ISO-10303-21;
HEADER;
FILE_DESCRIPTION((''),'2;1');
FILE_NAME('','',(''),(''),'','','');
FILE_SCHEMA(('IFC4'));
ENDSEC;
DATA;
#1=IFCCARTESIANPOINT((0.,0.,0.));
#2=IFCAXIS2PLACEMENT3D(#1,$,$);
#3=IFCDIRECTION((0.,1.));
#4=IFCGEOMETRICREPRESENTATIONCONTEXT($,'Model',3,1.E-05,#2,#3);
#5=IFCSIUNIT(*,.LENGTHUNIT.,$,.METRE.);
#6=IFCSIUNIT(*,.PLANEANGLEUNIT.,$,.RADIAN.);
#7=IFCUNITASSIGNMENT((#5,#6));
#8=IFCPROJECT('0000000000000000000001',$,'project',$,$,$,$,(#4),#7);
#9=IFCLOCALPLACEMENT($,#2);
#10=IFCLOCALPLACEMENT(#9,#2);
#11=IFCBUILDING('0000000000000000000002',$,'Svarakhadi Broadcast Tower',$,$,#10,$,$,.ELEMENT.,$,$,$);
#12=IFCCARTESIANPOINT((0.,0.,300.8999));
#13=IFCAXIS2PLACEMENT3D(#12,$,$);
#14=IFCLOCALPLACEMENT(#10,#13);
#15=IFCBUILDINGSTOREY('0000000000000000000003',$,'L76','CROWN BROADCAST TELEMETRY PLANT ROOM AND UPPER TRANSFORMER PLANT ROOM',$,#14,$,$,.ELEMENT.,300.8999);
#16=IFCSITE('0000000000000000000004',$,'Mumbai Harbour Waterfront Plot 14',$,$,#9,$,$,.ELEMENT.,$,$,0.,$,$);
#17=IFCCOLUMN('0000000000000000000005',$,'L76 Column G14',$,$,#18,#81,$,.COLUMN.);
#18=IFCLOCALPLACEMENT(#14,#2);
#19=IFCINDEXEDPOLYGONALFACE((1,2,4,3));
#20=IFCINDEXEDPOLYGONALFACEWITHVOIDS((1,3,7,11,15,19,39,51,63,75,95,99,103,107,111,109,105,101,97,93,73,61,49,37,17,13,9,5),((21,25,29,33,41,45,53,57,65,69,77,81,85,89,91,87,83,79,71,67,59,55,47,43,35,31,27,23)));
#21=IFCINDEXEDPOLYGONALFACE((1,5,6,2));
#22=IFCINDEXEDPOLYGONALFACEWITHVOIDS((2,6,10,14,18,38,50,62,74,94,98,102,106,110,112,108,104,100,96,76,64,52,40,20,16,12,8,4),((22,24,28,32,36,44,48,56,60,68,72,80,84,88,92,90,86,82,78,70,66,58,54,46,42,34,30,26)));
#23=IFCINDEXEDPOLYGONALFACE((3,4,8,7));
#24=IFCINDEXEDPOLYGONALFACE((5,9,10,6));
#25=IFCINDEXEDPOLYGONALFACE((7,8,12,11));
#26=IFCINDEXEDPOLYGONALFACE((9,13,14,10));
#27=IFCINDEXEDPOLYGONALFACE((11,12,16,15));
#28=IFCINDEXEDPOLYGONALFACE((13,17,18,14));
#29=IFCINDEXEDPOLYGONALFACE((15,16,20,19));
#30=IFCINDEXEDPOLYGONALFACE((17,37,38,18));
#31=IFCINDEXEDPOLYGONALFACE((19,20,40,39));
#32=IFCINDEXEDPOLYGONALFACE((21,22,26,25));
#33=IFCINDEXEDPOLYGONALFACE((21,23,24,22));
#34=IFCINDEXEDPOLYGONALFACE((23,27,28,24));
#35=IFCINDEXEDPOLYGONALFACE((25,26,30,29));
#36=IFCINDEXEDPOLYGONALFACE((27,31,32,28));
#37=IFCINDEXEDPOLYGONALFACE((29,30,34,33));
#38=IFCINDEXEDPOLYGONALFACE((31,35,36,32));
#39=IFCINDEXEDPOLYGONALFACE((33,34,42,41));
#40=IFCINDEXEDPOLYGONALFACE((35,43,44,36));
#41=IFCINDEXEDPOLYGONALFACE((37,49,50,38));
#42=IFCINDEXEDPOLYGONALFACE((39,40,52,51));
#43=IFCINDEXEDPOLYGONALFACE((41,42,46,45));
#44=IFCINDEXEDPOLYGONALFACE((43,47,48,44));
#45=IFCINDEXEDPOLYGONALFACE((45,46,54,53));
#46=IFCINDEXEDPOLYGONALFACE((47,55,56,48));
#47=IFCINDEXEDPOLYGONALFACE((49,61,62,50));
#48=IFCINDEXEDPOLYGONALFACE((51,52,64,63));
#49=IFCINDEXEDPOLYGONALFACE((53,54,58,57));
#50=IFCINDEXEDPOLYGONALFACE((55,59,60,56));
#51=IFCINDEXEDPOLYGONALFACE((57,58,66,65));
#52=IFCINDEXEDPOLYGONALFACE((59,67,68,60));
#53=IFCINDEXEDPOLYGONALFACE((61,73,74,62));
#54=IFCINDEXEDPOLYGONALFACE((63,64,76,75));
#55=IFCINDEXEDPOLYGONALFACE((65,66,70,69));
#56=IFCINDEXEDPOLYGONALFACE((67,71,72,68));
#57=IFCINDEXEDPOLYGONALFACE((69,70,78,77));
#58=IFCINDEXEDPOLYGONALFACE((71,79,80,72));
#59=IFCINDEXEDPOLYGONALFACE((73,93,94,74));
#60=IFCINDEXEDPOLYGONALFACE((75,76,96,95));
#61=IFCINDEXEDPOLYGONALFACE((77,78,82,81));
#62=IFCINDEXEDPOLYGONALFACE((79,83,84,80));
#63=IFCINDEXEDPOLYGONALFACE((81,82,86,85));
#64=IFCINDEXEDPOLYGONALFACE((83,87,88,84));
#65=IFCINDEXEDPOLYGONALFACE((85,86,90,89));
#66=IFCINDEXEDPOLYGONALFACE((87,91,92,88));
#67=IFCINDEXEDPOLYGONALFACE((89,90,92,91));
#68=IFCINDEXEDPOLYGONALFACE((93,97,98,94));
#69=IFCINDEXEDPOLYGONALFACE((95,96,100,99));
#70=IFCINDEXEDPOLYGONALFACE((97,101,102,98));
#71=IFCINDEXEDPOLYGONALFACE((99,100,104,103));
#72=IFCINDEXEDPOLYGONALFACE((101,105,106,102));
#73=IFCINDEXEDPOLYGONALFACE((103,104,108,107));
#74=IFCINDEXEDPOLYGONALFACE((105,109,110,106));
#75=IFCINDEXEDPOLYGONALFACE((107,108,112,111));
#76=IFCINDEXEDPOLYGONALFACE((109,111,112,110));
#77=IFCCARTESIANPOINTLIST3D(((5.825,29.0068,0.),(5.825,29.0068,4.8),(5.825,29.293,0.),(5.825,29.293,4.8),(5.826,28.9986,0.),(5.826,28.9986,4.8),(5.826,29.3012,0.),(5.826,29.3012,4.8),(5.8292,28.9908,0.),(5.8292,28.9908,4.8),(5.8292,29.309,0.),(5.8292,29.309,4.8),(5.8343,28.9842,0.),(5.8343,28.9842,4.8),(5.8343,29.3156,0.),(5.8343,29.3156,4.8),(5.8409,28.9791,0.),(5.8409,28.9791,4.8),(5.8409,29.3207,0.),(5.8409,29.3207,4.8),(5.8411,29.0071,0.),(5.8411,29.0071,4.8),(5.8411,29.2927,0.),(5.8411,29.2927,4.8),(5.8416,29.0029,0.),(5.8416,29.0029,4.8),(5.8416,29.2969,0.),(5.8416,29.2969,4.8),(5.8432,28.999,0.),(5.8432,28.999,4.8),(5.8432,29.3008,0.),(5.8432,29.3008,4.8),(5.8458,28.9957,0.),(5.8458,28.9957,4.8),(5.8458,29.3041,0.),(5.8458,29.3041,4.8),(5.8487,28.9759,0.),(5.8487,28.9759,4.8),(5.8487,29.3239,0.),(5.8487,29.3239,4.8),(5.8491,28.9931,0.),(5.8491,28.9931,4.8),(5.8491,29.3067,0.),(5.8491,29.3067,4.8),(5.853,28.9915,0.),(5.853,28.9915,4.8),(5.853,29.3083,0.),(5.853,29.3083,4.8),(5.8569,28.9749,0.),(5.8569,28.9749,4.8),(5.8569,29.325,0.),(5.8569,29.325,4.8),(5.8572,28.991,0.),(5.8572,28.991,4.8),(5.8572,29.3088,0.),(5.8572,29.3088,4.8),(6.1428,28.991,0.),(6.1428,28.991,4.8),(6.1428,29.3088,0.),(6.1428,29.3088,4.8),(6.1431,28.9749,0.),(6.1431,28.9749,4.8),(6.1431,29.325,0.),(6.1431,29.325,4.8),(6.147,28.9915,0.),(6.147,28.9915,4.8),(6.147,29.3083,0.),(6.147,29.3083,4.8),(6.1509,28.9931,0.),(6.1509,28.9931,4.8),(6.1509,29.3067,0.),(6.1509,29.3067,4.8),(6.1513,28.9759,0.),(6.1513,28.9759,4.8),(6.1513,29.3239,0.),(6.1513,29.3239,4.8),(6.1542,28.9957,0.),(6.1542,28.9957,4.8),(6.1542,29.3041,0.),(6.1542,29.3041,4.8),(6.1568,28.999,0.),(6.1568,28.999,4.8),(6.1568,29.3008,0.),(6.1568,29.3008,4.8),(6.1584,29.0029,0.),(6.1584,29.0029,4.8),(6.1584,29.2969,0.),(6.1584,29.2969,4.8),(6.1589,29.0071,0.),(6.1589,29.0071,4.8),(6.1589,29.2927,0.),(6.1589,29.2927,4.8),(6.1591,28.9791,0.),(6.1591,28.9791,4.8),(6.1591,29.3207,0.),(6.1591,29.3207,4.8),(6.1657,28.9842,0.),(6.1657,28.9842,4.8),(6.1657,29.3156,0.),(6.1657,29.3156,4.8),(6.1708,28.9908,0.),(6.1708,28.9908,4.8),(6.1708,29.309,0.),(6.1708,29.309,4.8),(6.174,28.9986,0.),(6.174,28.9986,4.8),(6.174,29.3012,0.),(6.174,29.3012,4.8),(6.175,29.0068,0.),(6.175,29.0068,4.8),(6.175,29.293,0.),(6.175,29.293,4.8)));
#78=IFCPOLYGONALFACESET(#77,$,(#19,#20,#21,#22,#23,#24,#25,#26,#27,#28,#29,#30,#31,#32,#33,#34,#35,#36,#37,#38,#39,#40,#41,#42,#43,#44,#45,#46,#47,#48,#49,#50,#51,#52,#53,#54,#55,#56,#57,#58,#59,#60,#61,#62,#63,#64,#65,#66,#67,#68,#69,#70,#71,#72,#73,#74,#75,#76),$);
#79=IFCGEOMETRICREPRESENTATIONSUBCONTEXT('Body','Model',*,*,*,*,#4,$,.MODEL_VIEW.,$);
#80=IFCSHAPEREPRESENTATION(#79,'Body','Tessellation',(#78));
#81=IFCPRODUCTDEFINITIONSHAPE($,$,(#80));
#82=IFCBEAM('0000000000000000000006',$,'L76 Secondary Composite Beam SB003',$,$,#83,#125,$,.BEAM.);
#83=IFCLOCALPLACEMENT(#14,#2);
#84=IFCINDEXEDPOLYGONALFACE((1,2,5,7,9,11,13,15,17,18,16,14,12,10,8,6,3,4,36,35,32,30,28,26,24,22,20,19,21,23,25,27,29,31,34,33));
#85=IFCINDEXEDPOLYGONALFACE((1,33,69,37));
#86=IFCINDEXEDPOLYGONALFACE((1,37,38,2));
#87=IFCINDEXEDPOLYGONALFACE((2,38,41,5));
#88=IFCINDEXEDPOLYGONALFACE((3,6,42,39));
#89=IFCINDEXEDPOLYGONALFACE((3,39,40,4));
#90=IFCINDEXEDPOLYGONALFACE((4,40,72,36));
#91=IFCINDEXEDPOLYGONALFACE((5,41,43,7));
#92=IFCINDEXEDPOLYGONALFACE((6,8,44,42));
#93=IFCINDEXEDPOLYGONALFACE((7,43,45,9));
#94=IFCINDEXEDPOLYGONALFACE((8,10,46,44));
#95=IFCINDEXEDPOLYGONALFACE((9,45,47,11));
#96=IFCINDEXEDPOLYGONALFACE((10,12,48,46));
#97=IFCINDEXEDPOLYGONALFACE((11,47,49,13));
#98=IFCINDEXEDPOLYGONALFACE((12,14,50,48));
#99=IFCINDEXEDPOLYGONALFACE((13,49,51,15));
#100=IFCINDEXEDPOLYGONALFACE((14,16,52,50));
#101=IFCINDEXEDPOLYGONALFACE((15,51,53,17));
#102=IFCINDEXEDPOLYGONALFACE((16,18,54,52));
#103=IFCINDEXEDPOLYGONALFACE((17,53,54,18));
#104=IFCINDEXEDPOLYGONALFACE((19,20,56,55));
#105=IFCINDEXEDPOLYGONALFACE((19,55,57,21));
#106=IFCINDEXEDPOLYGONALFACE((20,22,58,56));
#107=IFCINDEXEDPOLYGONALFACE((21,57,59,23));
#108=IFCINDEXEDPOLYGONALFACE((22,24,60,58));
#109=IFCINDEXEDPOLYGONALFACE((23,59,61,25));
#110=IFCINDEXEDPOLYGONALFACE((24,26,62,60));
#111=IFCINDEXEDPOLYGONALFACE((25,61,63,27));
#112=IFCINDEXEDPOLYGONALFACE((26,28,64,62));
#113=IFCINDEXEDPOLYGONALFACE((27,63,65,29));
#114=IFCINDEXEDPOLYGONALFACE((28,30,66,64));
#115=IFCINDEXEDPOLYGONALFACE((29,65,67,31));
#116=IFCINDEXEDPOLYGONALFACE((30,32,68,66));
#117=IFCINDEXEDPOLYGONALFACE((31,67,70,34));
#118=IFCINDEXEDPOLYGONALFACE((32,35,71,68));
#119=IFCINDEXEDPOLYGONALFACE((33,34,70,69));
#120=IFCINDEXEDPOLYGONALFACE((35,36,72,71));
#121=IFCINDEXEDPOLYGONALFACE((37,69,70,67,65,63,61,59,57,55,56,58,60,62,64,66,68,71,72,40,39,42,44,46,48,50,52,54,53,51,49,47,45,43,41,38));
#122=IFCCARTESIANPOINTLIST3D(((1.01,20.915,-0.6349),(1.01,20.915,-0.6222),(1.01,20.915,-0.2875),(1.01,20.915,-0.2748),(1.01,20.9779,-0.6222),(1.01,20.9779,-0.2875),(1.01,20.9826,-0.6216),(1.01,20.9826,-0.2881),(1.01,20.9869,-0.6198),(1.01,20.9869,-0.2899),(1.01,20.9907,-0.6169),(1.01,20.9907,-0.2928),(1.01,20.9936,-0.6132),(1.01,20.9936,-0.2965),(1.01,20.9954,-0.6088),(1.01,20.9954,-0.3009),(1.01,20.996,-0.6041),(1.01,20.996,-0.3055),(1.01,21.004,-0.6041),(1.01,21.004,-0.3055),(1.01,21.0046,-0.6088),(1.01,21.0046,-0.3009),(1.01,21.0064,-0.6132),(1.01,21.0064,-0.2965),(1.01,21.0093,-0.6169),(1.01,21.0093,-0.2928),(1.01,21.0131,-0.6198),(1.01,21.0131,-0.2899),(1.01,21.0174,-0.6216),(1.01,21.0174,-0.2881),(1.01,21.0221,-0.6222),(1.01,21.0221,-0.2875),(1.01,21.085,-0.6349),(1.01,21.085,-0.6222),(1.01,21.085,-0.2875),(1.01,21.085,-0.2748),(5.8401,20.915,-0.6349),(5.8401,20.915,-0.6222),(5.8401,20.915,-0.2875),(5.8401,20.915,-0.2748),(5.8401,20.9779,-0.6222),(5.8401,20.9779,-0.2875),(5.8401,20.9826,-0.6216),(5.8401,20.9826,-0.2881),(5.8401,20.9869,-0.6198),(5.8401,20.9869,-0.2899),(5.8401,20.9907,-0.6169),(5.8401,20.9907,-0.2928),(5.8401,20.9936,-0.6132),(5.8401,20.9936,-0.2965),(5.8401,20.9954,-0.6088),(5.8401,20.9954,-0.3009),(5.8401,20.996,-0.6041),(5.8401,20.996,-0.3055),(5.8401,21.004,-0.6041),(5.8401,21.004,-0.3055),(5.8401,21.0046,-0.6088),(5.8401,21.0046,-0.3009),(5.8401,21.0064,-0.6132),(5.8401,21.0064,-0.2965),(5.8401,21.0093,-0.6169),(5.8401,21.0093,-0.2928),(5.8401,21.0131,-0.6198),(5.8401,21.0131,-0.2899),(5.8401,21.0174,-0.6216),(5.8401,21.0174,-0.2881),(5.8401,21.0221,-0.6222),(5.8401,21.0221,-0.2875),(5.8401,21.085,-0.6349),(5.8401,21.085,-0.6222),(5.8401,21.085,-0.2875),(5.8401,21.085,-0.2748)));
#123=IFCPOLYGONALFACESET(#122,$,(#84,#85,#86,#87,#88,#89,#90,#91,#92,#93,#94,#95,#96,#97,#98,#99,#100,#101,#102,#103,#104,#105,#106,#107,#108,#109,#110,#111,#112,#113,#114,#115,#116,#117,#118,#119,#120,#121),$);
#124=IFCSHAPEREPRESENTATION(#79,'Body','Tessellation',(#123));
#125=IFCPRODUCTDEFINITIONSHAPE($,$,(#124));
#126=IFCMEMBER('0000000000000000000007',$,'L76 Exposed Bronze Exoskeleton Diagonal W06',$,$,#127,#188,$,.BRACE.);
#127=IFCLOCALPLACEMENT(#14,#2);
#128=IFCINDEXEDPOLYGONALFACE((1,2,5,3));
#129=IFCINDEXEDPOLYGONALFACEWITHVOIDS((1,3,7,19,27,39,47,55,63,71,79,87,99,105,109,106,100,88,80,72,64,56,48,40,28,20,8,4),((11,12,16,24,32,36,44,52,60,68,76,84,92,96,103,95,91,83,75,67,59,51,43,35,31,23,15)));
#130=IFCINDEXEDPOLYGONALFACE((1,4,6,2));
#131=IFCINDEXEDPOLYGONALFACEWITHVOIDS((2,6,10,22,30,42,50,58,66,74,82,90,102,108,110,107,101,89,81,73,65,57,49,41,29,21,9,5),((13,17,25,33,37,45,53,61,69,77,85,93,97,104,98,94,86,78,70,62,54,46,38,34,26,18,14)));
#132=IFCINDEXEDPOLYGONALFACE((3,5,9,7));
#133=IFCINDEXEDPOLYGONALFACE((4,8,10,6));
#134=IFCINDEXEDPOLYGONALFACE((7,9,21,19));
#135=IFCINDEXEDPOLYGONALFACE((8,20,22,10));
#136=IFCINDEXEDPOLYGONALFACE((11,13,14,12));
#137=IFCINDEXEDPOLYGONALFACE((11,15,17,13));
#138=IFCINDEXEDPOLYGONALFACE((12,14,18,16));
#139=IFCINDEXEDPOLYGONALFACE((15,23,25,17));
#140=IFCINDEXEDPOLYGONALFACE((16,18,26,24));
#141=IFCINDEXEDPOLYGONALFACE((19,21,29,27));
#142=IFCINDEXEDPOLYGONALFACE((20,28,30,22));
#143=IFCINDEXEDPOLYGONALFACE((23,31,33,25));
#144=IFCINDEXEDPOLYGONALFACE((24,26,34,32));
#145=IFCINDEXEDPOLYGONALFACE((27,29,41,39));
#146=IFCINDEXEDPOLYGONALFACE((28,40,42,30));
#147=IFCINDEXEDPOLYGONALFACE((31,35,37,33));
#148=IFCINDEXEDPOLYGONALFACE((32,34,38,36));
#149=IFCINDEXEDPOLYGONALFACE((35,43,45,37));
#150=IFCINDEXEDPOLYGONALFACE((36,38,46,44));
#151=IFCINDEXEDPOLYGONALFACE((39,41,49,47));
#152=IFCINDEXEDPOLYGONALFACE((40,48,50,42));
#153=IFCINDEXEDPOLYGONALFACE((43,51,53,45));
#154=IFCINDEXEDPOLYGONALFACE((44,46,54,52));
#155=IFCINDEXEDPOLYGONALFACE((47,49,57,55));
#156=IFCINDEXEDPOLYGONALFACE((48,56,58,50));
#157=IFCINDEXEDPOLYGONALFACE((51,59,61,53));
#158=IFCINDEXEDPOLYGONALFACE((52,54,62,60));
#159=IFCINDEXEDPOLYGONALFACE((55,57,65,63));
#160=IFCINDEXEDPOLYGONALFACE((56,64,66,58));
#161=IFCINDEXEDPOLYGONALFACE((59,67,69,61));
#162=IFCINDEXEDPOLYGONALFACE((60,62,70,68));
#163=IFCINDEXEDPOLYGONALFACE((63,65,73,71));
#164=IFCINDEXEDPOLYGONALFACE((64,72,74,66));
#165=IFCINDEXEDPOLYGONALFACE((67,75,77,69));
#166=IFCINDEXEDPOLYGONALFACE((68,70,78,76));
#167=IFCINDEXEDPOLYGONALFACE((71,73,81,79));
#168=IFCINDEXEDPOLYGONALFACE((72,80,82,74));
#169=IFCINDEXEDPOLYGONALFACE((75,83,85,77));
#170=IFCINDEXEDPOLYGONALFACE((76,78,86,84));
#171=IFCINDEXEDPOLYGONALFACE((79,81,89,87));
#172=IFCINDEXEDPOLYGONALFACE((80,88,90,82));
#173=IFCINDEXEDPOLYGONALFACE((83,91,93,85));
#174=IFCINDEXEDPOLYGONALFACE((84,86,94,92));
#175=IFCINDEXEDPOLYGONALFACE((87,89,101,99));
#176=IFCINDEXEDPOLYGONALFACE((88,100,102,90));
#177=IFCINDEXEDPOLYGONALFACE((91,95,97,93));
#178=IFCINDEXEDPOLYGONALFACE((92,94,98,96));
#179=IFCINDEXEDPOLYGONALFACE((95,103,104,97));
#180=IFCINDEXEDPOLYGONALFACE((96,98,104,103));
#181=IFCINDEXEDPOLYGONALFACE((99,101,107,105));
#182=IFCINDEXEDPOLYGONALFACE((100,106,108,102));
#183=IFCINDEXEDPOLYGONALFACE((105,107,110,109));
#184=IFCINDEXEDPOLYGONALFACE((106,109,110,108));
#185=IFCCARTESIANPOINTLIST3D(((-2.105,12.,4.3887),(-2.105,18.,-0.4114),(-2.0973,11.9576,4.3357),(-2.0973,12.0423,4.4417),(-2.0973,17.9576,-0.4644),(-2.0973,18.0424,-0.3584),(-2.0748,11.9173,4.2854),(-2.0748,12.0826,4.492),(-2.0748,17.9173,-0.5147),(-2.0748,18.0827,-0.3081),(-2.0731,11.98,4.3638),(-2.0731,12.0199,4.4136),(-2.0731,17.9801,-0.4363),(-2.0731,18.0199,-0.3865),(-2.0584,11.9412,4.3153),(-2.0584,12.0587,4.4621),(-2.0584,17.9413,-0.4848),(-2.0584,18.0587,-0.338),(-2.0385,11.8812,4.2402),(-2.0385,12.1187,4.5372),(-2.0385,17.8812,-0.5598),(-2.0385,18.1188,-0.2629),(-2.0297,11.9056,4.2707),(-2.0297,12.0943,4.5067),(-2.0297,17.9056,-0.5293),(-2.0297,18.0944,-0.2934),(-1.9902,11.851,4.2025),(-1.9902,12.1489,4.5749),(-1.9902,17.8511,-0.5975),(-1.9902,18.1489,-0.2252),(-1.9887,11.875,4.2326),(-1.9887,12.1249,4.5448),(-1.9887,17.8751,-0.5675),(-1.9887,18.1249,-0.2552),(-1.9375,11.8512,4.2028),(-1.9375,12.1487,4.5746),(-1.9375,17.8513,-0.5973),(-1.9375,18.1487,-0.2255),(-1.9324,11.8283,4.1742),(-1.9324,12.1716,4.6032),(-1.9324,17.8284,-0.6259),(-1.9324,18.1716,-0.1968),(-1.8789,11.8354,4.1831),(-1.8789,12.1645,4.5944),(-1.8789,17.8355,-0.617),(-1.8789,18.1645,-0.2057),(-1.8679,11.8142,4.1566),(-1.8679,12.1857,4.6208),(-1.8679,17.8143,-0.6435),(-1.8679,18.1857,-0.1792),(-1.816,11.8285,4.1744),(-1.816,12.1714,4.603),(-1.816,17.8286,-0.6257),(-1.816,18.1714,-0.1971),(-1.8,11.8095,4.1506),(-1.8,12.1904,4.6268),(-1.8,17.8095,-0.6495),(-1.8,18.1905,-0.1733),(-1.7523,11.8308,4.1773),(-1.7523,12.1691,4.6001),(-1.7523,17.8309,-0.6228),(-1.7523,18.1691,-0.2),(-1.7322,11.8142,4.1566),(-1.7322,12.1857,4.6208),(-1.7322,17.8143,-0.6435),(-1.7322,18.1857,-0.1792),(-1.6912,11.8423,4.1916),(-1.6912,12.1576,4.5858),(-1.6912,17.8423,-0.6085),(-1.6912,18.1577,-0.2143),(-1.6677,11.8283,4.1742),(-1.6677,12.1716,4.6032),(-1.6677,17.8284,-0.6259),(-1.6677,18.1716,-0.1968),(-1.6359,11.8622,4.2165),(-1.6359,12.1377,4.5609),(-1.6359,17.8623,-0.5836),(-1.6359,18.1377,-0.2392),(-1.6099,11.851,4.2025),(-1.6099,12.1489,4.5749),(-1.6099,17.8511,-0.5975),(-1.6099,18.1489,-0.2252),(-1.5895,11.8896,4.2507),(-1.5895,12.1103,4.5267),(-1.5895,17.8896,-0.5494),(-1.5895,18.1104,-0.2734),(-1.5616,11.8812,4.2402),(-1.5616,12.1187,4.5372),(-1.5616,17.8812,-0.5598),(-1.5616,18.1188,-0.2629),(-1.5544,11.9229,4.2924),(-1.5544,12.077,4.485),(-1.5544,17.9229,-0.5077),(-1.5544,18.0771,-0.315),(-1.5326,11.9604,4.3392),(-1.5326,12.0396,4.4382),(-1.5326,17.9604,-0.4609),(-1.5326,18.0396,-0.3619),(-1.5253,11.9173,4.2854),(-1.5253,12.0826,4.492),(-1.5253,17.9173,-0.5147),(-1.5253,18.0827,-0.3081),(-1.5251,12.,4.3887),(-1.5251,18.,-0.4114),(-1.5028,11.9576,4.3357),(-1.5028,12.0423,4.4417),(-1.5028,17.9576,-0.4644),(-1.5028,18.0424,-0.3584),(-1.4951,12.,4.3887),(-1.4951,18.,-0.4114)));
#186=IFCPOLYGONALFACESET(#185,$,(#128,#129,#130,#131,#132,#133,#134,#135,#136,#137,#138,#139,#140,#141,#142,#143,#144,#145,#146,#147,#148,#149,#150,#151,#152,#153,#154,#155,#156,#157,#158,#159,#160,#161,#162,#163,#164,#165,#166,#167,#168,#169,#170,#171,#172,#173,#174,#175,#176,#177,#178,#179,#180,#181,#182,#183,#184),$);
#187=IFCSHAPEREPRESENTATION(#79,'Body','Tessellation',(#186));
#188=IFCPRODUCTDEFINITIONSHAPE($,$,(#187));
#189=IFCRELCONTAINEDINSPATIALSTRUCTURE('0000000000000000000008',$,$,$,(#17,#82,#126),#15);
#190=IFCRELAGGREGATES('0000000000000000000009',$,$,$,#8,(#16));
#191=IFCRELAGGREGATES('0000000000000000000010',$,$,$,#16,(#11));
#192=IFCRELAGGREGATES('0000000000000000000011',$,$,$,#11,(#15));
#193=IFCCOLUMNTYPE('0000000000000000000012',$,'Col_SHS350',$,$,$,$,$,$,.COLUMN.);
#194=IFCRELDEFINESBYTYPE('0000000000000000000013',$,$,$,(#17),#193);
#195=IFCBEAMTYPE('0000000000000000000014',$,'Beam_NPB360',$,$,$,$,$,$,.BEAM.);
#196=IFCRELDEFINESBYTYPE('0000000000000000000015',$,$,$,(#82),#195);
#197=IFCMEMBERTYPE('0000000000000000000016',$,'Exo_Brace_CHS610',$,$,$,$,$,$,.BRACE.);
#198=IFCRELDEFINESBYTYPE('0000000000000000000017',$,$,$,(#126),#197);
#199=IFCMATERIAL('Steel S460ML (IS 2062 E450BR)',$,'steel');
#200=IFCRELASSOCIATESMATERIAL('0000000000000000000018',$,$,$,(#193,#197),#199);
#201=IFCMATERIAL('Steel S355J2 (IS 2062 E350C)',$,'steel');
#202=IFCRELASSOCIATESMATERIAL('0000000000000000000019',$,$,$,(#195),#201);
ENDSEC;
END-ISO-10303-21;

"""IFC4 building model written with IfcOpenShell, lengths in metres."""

from ifc_helpers import new_model, si_unit, direction, frame, origin, origin_2d, place, context, subcontext, project, spatial, hollow_rectangle, hollow_circle, i_section, extrude, material, material_profile, profile_set, type_object, element, save


model = new_model("IFC4")

# Units and contexts
model_context = context("Model", 3, precision=1e-05, world=origin(), true_north=direction((0.0, 1.0)))
body_context = subcontext(model_context, "Body", "Model", "MODEL_VIEW")
ifc_project = project(units=[si_unit("LENGTHUNIT", "METRE"), si_unit("PLANEANGLEUNIT", "RADIAN")], contexts=[model_context])

# Site, building, storey
site_placement = place(None, origin())
site = spatial("IfcSite", under=ifc_project, at=site_placement, Name="Mumbai Harbour Waterfront Plot 14", CompositionType="ELEMENT", RefElevation=0.0)
building_placement = place(site_placement, origin())
building = spatial("IfcBuilding", under=site, at=building_placement, Name="Svarakhadi Broadcast Tower", CompositionType="ELEMENT")
storey_placement = place(building_placement, frame((0.0, 0.0, 300.8999)))
storey = spatial("IfcBuildingStorey", under=building, at=storey_placement, Name="L76", Description="CROWN BROADCAST TELEMETRY PLANT ROOM AND UPPER TRANSFORMER PLANT ROOM", CompositionType="ELEMENT", Elevation=300.8999)

# Column
ifc_material_1 = material(Name="Steel S460ML (IS 2062 E450BR)", Category="steel")
ifc_material_profile_1 = material_profile(ifc_material_1, hollow_rectangle(XDim=0.3501, YDim=0.3501, WallThickness=0.0161, InnerFilletRadius=0.0161, OuterFilletRadius=0.032, at=origin_2d()), Name="SHS 350x350x16")
ifc_profile_set_1 = profile_set([ifc_material_profile_1], Name="Steel S460ML (IS 2062 E450BR)")
column_type_1 = type_object("IfcColumnType", Name="Col_SHS350", PredefinedType="COLUMN", material=ifc_profile_set_1)
for number, where, z_axis, x_axis, name in (
    (1, (6.0, 29.1499, 0.0), (0.0, 0.0, 1.0), (1.0, 0.0, 0.0), "L76 Column G14"),
):
    element("IfcColumn", number, at=place(storey_placement, frame(where, z_axis=z_axis, x_axis=x_axis)), inside=storey, type_object=column_type_1, Name=name, PredefinedType="COLUMN", context=body_context, shape_type="SweptSolid", body=[
        extrude(hollow_rectangle(XDim=0.3501, YDim=0.3501, WallThickness=0.0161, InnerFilletRadius=0.0161, OuterFilletRadius=0.032, at=origin_2d()), origin(), (0.0, 0.0, 1.0), 4.8),
    ])

# Beam
ifc_material_2 = material(Name="Steel S355J2 (IS 2062 E350C)", Category="steel")
ifc_material_profile_2 = material_profile(ifc_material_2, i_section(OverallWidth=0.1699, OverallDepth=0.3601, WebThickness=0.0081, FlangeThickness=0.0127, FilletRadius=0.0181, at=origin_2d()), Name="NPB 360x170x57")
ifc_profile_set_2 = profile_set([ifc_material_profile_2], Name="Steel S355J2 (IS 2062 E350C)")
beam_type_1 = type_object("IfcBeamType", Name="Beam_NPB360", PredefinedType="BEAM", material=ifc_profile_set_2)
beam_1_placement = place(storey_placement, frame((1.01, 21.0, -0.4548), z_axis=(1.0, 0.0, 0.0), x_axis=(0.0, 1.0, 0.0)))
element("IfcBeam", 2, at=beam_1_placement, inside=storey, type_object=beam_type_1, Name="L76 Secondary Composite Beam SB003", PredefinedType="BEAM", context=body_context, shape_type="SweptSolid", body=[
    extrude(i_section(OverallWidth=0.1699, OverallDepth=0.3601, WebThickness=0.0081, FlangeThickness=0.0127, FilletRadius=0.0181, at=origin_2d()), origin(), (0.0, 0.0, 1.0), 4.8301),
])

# Member
ifc_material_profile_3 = material_profile(ifc_material_1, hollow_circle(Radius=0.3049, WallThickness=0.03, at=origin_2d()), Name="CHS 610x30")
ifc_profile_set_3 = profile_set([ifc_material_profile_3], Name="Steel S460ML (IS 2062 E450BR)")
member_type_1 = type_object("IfcMemberType", Name="Exo_Brace_CHS610", PredefinedType="BRACE", material=ifc_profile_set_3)
for number, where, z_axis, x_axis, name in (
    (3, (-1.8, 18.0, -0.4114), (0.0, -0.780866, 0.624699), (1.0, 0.0, 0.0), "L76 Exposed Bronze Exoskeleton Diagonal W06"),
):
    element("IfcMember", number, at=place(storey_placement, frame(where, z_axis=z_axis, x_axis=x_axis)), inside=storey, type_object=member_type_1, Name=name, PredefinedType="BRACE", context=body_context, shape_type="SweptSolid", body=[
        extrude(hollow_circle(Radius=0.3049, WallThickness=0.03, at=origin_2d()), origin(), (0.0, 0.0, 1.0), 7.6838),
    ])

save(model, "model.ifc")
